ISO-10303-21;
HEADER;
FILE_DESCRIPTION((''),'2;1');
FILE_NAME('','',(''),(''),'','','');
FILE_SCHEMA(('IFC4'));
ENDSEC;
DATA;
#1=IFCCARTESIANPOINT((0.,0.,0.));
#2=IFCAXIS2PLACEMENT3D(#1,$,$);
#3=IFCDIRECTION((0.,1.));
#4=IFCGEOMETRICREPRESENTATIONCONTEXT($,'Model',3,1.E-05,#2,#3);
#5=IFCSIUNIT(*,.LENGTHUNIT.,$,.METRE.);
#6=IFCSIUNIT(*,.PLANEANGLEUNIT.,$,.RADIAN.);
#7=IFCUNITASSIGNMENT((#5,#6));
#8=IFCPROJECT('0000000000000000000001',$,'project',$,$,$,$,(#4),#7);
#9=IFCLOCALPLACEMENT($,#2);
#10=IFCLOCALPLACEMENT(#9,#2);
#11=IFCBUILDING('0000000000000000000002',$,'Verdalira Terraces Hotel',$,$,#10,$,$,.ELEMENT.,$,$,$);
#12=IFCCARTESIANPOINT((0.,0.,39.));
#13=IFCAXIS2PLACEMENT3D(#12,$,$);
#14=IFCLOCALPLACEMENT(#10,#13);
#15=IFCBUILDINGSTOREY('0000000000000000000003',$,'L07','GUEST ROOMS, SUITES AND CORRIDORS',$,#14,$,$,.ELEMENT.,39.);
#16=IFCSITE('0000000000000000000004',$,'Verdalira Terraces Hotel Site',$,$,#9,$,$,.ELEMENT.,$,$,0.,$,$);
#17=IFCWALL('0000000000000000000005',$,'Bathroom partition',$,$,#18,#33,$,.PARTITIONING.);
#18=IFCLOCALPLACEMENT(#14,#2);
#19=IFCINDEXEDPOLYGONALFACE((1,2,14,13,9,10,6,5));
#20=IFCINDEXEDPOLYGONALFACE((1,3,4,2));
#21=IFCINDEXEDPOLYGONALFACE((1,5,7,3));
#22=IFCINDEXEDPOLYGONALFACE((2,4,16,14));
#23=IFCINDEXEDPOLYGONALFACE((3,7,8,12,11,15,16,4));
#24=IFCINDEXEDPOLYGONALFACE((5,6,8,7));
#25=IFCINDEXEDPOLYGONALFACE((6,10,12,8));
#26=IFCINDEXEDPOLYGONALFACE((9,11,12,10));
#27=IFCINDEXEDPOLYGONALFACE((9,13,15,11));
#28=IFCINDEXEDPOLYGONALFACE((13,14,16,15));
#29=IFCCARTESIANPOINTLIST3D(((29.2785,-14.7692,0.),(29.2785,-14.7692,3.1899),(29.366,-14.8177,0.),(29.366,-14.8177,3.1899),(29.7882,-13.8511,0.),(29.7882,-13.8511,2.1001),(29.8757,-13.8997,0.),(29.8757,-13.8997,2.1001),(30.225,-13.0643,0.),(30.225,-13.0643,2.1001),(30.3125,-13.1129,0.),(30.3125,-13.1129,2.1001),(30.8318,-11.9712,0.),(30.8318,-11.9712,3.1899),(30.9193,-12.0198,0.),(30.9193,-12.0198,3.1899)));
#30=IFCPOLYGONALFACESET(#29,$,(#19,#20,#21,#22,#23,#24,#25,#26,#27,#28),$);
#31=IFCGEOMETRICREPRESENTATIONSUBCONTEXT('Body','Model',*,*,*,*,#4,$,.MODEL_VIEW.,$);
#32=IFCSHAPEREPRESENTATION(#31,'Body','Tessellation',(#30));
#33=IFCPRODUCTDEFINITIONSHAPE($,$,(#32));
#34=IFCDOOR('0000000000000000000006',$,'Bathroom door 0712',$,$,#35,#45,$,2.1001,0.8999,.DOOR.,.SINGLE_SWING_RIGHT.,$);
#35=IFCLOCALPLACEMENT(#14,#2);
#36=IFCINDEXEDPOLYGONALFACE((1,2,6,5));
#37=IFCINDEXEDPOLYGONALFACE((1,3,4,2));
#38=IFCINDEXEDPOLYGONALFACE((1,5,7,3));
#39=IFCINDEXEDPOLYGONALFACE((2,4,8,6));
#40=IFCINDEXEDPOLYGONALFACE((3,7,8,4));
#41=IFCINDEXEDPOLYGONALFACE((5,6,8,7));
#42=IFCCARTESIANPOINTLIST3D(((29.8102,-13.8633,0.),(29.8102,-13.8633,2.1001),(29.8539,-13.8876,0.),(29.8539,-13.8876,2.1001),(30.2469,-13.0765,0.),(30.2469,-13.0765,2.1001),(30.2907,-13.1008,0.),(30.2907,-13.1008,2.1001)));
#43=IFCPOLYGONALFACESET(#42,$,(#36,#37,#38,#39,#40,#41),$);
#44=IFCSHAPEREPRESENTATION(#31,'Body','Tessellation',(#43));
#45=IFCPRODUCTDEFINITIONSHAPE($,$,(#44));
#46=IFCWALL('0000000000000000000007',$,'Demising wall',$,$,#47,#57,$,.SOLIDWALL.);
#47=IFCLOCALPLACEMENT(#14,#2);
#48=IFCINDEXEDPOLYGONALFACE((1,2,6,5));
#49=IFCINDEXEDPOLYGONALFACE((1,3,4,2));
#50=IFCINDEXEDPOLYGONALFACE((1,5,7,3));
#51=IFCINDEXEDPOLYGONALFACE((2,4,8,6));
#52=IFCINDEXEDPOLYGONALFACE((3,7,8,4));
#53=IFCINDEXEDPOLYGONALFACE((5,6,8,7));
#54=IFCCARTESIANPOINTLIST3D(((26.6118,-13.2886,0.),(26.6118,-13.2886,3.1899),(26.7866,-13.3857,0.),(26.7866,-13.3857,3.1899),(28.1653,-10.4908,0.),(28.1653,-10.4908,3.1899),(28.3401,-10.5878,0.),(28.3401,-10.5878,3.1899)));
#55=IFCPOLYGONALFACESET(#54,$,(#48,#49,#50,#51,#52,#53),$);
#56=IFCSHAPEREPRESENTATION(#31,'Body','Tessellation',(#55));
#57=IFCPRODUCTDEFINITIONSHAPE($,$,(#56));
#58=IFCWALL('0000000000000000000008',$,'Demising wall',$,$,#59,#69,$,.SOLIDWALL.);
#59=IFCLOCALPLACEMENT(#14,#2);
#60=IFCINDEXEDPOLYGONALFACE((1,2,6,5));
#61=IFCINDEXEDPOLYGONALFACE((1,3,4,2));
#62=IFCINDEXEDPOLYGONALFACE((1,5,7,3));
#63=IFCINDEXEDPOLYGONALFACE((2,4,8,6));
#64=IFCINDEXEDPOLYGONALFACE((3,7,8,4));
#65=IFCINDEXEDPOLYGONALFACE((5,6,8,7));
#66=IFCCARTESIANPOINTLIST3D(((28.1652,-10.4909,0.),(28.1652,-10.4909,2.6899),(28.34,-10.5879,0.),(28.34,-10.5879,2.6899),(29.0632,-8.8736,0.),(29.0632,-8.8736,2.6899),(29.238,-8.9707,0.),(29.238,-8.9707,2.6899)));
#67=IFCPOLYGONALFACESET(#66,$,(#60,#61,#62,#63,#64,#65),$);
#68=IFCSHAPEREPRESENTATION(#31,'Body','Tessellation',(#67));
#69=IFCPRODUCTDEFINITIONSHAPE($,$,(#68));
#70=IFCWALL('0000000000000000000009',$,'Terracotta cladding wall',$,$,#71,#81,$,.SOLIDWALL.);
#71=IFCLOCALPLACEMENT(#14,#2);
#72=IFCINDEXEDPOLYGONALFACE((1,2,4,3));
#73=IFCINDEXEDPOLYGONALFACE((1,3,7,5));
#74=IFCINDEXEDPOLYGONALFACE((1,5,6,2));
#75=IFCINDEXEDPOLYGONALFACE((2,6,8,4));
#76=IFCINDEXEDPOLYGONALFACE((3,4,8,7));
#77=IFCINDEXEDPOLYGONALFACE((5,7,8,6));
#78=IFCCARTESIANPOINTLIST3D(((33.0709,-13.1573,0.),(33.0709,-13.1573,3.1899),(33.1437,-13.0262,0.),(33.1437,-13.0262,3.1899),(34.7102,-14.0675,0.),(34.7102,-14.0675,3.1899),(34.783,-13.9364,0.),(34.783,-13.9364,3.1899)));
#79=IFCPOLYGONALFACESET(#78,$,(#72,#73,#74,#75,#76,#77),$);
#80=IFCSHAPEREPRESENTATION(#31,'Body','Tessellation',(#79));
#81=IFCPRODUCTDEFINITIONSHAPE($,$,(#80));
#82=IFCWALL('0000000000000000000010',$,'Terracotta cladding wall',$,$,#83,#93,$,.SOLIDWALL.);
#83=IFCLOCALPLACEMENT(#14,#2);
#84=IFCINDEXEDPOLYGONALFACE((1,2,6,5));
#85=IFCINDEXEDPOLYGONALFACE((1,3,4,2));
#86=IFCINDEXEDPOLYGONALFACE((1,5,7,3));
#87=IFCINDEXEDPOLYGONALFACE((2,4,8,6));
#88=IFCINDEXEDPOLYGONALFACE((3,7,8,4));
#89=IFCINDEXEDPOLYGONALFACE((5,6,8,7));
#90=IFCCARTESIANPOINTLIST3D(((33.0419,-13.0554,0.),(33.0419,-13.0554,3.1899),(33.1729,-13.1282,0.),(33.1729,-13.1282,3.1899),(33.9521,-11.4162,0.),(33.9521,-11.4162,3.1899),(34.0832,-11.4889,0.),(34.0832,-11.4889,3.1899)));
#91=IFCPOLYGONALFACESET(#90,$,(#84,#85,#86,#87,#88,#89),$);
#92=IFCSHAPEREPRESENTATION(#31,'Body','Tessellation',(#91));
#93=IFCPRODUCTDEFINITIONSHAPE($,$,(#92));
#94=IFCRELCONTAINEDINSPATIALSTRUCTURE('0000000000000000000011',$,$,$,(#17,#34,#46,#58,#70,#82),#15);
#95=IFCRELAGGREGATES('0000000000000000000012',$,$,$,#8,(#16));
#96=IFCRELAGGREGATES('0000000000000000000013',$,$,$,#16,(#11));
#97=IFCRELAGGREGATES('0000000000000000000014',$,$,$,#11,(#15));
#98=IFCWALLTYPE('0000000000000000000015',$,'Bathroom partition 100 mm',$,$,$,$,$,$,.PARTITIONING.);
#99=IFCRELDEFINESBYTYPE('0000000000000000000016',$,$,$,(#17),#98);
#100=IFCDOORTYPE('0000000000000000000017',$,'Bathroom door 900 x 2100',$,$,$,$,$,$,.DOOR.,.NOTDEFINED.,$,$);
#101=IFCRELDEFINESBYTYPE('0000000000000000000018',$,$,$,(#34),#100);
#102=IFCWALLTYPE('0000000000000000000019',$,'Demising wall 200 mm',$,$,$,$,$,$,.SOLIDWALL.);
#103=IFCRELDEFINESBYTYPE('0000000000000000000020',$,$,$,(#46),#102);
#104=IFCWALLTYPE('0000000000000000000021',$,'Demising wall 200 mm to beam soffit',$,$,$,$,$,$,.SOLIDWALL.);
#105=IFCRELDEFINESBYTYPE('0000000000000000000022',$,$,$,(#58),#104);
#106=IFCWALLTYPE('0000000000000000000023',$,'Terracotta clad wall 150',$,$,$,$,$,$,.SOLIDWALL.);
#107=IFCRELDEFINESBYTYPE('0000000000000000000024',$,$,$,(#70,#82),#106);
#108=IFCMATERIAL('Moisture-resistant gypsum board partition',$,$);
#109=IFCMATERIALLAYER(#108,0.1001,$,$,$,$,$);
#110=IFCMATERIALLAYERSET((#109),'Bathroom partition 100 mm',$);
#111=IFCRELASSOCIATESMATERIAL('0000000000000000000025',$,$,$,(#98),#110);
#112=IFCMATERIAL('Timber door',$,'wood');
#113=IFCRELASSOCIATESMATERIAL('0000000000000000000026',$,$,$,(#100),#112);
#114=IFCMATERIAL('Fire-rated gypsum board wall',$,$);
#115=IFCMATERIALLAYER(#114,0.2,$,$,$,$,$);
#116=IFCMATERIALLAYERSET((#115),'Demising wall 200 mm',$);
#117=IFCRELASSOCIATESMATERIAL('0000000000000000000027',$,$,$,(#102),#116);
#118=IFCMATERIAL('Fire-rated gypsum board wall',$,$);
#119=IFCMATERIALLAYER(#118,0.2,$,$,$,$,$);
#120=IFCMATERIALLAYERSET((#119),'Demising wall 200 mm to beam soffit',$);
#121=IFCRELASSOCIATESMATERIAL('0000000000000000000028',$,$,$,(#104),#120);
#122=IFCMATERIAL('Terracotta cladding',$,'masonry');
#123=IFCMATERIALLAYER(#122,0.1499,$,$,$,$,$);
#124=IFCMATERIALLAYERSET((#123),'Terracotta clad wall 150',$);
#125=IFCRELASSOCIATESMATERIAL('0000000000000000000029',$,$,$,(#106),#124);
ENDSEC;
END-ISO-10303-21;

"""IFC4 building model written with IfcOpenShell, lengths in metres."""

from ifc_helpers import new_model, si_unit, direction, frame, frame_2d, origin, place, context, subcontext, project, spatial, rectangle, extrude, material, layer, layer_set, type_object, element, fill, save


model = new_model("IFC4")

# Units and contexts
model_context = context("Model", 3, precision=1e-05, world=origin(), true_north=direction((0.0, 1.0)))
body_context = subcontext(model_context, "Body", "Model", "MODEL_VIEW")
ifc_project = project(units=[si_unit("LENGTHUNIT", "METRE"), si_unit("PLANEANGLEUNIT", "RADIAN")], contexts=[model_context])

# Site, building, storey
site_placement = place(None, origin())
site = spatial("IfcSite", under=ifc_project, at=site_placement, Name="Verdalira Terraces Hotel Site", CompositionType="ELEMENT", RefElevation=0.0)
building_placement = place(site_placement, origin())
building = spatial("IfcBuilding", under=site, at=building_placement, Name="Verdalira Terraces Hotel", CompositionType="ELEMENT")
storey_placement = place(building_placement, frame((0.0, 0.0, 39.0)))
storey = spatial("IfcBuildingStorey", under=building, at=storey_placement, Name="L07", Description="GUEST ROOMS, SUITES AND CORRIDORS", CompositionType="ELEMENT", Elevation=39.0)

# Shared definitions
ifc_material_1 = material(Name="Moisture-resistant gypsum board partition")
ifc_layer_1 = layer(ifc_material_1, 0.1001)
ifc_layer_set_1 = layer_set([ifc_layer_1], Name="Bathroom partition 100 mm")
wall_type_1 = type_object("IfcWallType", Name="Bathroom partition 100 mm", PredefinedType="PARTITIONING", material=ifc_layer_set_1)

# Wall, opening, door
wall_1_placement = place(storey_placement, frame((29.3223, -14.7935, 0.0), z_axis=(0.0, 0.0, 1.0), x_axis=(0.485371, 0.874308, 0.0)))
wall_1 = element("IfcWall", 1, at=wall_1_placement, inside=storey, type_object=wall_type_1, Name="Bathroom partition", PredefinedType="PARTITIONING", context=body_context, shape_type="SweptSolid", body=[
    extrude(rectangle(XDim=3.2002, YDim=0.1001, at=frame_2d((1.6001, 0.0))), origin(), (0.0, 0.0, 1.0), 3.1899),
])
opening_1_placement = place(wall_1_placement, frame((1.05, 0.0, 0.0)))
opening_1 = element("IfcOpeningElement", 2, at=opening_1_placement, cuts=wall_1, PredefinedType="OPENING", context=body_context, shape_type="SweptSolid", body=[
    extrude(rectangle(XDim=0.8999, YDim=2.1001, at=frame_2d((0.45, 1.05))), frame((0.0, 0.0601, 0.0), z_axis=(0.0, -1.0, 0.0), x_axis=(1.0, 0.0, 0.0)), (0.0, 0.0, 1.0), 0.1201),
])
ifc_material_2 = material(Name="Timber door", Category="wood")
door_type_1 = type_object("IfcDoorType", Name="Bathroom door 900 x 2100", OperationType="NOTDEFINED", PredefinedType="DOOR", material=ifc_material_2)
door_1_placement = place(opening_1_placement, origin())
door_1 = element("IfcDoor", 3, at=door_1_placement, inside=storey, type_object=door_type_1, Name="Bathroom door 0712", OperationType="SINGLE_SWING_RIGHT", OverallHeight=2.1001, OverallWidth=0.8999, PredefinedType="DOOR", context=body_context, shape_type="SweptSolid", body=[
    extrude(rectangle(XDim=0.8999, YDim=2.1001, at=frame_2d((0.45, 1.05))), frame((0.0, 0.0249, 0.0), z_axis=(0.0, -1.0, 0.0), x_axis=(1.0, 0.0, 0.0)), (0.0, 0.0, 1.0), 0.05),
])
fill(opening_1, door_1)

# Walls
ifc_material_3 = material(Name="Fire-rated gypsum board wall")
ifc_layer_2 = layer(ifc_material_3, 0.2)
ifc_layer_set_2 = layer_set([ifc_layer_2], Name="Demising wall 200 mm")
wall_type_2 = type_object("IfcWallType", Name="Demising wall 200 mm", PredefinedType="SOLIDWALL", material=ifc_layer_set_2)
wall_2_placement = place(storey_placement, frame((26.6992, -13.3372, 0.0), z_axis=(0.0, 0.0, 1.0), x_axis=(0.485429, 0.874276, 0.0)))
element("IfcWall", 4, at=wall_2_placement, inside=storey, type_object=wall_type_2, Name="Demising wall", PredefinedType="SOLIDWALL", context=body_context, shape_type="SweptSolid", body=[
    extrude(rectangle(XDim=3.2002, YDim=0.2, at=frame_2d((1.6001, 0.0))), origin(), (0.0, 0.0, 1.0), 3.1899),
])
ifc_material_4 = material(Name="Fire-rated gypsum board wall")
ifc_layer_3 = layer(ifc_material_4, 0.2)
ifc_layer_set_3 = layer_set([ifc_layer_3], Name="Demising wall 200 mm to beam soffit")
wall_type_3 = type_object("IfcWallType", Name="Demising wall 200 mm to beam soffit", PredefinedType="SOLIDWALL", material=ifc_layer_set_3)
wall_3_placement = place(storey_placement, frame((28.2527, -10.5393, 0.0), z_axis=(0.0, 0.0, 1.0), x_axis=(0.485441, 0.874269, 0.0)))
element("IfcWall", 5, at=wall_3_placement, inside=storey, type_object=wall_type_3, Name="Demising wall", PredefinedType="SOLIDWALL", context=body_context, shape_type="SweptSolid", body=[
    extrude(rectangle(XDim=1.8499, YDim=0.2, at=frame_2d((0.9248, 0.0))), origin(), (0.0, 0.0, 1.0), 2.6899),
])
ifc_material_5 = material(Name="Terracotta cladding", Category="masonry")
ifc_layer_4 = layer(ifc_material_5, 0.1499)
ifc_layer_set_4 = layer_set([ifc_layer_4], Name="Terracotta clad wall 150")
wall_type_4 = type_object("IfcWallType", Name="Terracotta clad wall 150", PredefinedType="SOLIDWALL", material=ifc_layer_set_4)
for number, where, z_axis, x_axis, name in (
    (6, (34.7466, -14.002, 0.0), (0.0, 0.0, 1.0), (-0.874268, 0.485444, 0.0), "Terracotta cladding wall"),
    (7, (33.1074, -13.0918, 0.0), (0.0, 0.0, 1.0), (0.485444, 0.874268, 0.0), "Terracotta cladding wall"),
):
    element("IfcWall", number, at=place(storey_placement, frame(where, z_axis=z_axis, x_axis=x_axis)), inside=storey, type_object=wall_type_4, Name=name, PredefinedType="SOLIDWALL", context=body_context, shape_type="SweptSolid", body=[
        extrude(rectangle(XDim=1.875, YDim=0.1499, at=frame_2d((0.9375, 0.0))), origin(), (0.0, 0.0, 1.0), 3.1899),
    ])

save(model, "model.ifc")
